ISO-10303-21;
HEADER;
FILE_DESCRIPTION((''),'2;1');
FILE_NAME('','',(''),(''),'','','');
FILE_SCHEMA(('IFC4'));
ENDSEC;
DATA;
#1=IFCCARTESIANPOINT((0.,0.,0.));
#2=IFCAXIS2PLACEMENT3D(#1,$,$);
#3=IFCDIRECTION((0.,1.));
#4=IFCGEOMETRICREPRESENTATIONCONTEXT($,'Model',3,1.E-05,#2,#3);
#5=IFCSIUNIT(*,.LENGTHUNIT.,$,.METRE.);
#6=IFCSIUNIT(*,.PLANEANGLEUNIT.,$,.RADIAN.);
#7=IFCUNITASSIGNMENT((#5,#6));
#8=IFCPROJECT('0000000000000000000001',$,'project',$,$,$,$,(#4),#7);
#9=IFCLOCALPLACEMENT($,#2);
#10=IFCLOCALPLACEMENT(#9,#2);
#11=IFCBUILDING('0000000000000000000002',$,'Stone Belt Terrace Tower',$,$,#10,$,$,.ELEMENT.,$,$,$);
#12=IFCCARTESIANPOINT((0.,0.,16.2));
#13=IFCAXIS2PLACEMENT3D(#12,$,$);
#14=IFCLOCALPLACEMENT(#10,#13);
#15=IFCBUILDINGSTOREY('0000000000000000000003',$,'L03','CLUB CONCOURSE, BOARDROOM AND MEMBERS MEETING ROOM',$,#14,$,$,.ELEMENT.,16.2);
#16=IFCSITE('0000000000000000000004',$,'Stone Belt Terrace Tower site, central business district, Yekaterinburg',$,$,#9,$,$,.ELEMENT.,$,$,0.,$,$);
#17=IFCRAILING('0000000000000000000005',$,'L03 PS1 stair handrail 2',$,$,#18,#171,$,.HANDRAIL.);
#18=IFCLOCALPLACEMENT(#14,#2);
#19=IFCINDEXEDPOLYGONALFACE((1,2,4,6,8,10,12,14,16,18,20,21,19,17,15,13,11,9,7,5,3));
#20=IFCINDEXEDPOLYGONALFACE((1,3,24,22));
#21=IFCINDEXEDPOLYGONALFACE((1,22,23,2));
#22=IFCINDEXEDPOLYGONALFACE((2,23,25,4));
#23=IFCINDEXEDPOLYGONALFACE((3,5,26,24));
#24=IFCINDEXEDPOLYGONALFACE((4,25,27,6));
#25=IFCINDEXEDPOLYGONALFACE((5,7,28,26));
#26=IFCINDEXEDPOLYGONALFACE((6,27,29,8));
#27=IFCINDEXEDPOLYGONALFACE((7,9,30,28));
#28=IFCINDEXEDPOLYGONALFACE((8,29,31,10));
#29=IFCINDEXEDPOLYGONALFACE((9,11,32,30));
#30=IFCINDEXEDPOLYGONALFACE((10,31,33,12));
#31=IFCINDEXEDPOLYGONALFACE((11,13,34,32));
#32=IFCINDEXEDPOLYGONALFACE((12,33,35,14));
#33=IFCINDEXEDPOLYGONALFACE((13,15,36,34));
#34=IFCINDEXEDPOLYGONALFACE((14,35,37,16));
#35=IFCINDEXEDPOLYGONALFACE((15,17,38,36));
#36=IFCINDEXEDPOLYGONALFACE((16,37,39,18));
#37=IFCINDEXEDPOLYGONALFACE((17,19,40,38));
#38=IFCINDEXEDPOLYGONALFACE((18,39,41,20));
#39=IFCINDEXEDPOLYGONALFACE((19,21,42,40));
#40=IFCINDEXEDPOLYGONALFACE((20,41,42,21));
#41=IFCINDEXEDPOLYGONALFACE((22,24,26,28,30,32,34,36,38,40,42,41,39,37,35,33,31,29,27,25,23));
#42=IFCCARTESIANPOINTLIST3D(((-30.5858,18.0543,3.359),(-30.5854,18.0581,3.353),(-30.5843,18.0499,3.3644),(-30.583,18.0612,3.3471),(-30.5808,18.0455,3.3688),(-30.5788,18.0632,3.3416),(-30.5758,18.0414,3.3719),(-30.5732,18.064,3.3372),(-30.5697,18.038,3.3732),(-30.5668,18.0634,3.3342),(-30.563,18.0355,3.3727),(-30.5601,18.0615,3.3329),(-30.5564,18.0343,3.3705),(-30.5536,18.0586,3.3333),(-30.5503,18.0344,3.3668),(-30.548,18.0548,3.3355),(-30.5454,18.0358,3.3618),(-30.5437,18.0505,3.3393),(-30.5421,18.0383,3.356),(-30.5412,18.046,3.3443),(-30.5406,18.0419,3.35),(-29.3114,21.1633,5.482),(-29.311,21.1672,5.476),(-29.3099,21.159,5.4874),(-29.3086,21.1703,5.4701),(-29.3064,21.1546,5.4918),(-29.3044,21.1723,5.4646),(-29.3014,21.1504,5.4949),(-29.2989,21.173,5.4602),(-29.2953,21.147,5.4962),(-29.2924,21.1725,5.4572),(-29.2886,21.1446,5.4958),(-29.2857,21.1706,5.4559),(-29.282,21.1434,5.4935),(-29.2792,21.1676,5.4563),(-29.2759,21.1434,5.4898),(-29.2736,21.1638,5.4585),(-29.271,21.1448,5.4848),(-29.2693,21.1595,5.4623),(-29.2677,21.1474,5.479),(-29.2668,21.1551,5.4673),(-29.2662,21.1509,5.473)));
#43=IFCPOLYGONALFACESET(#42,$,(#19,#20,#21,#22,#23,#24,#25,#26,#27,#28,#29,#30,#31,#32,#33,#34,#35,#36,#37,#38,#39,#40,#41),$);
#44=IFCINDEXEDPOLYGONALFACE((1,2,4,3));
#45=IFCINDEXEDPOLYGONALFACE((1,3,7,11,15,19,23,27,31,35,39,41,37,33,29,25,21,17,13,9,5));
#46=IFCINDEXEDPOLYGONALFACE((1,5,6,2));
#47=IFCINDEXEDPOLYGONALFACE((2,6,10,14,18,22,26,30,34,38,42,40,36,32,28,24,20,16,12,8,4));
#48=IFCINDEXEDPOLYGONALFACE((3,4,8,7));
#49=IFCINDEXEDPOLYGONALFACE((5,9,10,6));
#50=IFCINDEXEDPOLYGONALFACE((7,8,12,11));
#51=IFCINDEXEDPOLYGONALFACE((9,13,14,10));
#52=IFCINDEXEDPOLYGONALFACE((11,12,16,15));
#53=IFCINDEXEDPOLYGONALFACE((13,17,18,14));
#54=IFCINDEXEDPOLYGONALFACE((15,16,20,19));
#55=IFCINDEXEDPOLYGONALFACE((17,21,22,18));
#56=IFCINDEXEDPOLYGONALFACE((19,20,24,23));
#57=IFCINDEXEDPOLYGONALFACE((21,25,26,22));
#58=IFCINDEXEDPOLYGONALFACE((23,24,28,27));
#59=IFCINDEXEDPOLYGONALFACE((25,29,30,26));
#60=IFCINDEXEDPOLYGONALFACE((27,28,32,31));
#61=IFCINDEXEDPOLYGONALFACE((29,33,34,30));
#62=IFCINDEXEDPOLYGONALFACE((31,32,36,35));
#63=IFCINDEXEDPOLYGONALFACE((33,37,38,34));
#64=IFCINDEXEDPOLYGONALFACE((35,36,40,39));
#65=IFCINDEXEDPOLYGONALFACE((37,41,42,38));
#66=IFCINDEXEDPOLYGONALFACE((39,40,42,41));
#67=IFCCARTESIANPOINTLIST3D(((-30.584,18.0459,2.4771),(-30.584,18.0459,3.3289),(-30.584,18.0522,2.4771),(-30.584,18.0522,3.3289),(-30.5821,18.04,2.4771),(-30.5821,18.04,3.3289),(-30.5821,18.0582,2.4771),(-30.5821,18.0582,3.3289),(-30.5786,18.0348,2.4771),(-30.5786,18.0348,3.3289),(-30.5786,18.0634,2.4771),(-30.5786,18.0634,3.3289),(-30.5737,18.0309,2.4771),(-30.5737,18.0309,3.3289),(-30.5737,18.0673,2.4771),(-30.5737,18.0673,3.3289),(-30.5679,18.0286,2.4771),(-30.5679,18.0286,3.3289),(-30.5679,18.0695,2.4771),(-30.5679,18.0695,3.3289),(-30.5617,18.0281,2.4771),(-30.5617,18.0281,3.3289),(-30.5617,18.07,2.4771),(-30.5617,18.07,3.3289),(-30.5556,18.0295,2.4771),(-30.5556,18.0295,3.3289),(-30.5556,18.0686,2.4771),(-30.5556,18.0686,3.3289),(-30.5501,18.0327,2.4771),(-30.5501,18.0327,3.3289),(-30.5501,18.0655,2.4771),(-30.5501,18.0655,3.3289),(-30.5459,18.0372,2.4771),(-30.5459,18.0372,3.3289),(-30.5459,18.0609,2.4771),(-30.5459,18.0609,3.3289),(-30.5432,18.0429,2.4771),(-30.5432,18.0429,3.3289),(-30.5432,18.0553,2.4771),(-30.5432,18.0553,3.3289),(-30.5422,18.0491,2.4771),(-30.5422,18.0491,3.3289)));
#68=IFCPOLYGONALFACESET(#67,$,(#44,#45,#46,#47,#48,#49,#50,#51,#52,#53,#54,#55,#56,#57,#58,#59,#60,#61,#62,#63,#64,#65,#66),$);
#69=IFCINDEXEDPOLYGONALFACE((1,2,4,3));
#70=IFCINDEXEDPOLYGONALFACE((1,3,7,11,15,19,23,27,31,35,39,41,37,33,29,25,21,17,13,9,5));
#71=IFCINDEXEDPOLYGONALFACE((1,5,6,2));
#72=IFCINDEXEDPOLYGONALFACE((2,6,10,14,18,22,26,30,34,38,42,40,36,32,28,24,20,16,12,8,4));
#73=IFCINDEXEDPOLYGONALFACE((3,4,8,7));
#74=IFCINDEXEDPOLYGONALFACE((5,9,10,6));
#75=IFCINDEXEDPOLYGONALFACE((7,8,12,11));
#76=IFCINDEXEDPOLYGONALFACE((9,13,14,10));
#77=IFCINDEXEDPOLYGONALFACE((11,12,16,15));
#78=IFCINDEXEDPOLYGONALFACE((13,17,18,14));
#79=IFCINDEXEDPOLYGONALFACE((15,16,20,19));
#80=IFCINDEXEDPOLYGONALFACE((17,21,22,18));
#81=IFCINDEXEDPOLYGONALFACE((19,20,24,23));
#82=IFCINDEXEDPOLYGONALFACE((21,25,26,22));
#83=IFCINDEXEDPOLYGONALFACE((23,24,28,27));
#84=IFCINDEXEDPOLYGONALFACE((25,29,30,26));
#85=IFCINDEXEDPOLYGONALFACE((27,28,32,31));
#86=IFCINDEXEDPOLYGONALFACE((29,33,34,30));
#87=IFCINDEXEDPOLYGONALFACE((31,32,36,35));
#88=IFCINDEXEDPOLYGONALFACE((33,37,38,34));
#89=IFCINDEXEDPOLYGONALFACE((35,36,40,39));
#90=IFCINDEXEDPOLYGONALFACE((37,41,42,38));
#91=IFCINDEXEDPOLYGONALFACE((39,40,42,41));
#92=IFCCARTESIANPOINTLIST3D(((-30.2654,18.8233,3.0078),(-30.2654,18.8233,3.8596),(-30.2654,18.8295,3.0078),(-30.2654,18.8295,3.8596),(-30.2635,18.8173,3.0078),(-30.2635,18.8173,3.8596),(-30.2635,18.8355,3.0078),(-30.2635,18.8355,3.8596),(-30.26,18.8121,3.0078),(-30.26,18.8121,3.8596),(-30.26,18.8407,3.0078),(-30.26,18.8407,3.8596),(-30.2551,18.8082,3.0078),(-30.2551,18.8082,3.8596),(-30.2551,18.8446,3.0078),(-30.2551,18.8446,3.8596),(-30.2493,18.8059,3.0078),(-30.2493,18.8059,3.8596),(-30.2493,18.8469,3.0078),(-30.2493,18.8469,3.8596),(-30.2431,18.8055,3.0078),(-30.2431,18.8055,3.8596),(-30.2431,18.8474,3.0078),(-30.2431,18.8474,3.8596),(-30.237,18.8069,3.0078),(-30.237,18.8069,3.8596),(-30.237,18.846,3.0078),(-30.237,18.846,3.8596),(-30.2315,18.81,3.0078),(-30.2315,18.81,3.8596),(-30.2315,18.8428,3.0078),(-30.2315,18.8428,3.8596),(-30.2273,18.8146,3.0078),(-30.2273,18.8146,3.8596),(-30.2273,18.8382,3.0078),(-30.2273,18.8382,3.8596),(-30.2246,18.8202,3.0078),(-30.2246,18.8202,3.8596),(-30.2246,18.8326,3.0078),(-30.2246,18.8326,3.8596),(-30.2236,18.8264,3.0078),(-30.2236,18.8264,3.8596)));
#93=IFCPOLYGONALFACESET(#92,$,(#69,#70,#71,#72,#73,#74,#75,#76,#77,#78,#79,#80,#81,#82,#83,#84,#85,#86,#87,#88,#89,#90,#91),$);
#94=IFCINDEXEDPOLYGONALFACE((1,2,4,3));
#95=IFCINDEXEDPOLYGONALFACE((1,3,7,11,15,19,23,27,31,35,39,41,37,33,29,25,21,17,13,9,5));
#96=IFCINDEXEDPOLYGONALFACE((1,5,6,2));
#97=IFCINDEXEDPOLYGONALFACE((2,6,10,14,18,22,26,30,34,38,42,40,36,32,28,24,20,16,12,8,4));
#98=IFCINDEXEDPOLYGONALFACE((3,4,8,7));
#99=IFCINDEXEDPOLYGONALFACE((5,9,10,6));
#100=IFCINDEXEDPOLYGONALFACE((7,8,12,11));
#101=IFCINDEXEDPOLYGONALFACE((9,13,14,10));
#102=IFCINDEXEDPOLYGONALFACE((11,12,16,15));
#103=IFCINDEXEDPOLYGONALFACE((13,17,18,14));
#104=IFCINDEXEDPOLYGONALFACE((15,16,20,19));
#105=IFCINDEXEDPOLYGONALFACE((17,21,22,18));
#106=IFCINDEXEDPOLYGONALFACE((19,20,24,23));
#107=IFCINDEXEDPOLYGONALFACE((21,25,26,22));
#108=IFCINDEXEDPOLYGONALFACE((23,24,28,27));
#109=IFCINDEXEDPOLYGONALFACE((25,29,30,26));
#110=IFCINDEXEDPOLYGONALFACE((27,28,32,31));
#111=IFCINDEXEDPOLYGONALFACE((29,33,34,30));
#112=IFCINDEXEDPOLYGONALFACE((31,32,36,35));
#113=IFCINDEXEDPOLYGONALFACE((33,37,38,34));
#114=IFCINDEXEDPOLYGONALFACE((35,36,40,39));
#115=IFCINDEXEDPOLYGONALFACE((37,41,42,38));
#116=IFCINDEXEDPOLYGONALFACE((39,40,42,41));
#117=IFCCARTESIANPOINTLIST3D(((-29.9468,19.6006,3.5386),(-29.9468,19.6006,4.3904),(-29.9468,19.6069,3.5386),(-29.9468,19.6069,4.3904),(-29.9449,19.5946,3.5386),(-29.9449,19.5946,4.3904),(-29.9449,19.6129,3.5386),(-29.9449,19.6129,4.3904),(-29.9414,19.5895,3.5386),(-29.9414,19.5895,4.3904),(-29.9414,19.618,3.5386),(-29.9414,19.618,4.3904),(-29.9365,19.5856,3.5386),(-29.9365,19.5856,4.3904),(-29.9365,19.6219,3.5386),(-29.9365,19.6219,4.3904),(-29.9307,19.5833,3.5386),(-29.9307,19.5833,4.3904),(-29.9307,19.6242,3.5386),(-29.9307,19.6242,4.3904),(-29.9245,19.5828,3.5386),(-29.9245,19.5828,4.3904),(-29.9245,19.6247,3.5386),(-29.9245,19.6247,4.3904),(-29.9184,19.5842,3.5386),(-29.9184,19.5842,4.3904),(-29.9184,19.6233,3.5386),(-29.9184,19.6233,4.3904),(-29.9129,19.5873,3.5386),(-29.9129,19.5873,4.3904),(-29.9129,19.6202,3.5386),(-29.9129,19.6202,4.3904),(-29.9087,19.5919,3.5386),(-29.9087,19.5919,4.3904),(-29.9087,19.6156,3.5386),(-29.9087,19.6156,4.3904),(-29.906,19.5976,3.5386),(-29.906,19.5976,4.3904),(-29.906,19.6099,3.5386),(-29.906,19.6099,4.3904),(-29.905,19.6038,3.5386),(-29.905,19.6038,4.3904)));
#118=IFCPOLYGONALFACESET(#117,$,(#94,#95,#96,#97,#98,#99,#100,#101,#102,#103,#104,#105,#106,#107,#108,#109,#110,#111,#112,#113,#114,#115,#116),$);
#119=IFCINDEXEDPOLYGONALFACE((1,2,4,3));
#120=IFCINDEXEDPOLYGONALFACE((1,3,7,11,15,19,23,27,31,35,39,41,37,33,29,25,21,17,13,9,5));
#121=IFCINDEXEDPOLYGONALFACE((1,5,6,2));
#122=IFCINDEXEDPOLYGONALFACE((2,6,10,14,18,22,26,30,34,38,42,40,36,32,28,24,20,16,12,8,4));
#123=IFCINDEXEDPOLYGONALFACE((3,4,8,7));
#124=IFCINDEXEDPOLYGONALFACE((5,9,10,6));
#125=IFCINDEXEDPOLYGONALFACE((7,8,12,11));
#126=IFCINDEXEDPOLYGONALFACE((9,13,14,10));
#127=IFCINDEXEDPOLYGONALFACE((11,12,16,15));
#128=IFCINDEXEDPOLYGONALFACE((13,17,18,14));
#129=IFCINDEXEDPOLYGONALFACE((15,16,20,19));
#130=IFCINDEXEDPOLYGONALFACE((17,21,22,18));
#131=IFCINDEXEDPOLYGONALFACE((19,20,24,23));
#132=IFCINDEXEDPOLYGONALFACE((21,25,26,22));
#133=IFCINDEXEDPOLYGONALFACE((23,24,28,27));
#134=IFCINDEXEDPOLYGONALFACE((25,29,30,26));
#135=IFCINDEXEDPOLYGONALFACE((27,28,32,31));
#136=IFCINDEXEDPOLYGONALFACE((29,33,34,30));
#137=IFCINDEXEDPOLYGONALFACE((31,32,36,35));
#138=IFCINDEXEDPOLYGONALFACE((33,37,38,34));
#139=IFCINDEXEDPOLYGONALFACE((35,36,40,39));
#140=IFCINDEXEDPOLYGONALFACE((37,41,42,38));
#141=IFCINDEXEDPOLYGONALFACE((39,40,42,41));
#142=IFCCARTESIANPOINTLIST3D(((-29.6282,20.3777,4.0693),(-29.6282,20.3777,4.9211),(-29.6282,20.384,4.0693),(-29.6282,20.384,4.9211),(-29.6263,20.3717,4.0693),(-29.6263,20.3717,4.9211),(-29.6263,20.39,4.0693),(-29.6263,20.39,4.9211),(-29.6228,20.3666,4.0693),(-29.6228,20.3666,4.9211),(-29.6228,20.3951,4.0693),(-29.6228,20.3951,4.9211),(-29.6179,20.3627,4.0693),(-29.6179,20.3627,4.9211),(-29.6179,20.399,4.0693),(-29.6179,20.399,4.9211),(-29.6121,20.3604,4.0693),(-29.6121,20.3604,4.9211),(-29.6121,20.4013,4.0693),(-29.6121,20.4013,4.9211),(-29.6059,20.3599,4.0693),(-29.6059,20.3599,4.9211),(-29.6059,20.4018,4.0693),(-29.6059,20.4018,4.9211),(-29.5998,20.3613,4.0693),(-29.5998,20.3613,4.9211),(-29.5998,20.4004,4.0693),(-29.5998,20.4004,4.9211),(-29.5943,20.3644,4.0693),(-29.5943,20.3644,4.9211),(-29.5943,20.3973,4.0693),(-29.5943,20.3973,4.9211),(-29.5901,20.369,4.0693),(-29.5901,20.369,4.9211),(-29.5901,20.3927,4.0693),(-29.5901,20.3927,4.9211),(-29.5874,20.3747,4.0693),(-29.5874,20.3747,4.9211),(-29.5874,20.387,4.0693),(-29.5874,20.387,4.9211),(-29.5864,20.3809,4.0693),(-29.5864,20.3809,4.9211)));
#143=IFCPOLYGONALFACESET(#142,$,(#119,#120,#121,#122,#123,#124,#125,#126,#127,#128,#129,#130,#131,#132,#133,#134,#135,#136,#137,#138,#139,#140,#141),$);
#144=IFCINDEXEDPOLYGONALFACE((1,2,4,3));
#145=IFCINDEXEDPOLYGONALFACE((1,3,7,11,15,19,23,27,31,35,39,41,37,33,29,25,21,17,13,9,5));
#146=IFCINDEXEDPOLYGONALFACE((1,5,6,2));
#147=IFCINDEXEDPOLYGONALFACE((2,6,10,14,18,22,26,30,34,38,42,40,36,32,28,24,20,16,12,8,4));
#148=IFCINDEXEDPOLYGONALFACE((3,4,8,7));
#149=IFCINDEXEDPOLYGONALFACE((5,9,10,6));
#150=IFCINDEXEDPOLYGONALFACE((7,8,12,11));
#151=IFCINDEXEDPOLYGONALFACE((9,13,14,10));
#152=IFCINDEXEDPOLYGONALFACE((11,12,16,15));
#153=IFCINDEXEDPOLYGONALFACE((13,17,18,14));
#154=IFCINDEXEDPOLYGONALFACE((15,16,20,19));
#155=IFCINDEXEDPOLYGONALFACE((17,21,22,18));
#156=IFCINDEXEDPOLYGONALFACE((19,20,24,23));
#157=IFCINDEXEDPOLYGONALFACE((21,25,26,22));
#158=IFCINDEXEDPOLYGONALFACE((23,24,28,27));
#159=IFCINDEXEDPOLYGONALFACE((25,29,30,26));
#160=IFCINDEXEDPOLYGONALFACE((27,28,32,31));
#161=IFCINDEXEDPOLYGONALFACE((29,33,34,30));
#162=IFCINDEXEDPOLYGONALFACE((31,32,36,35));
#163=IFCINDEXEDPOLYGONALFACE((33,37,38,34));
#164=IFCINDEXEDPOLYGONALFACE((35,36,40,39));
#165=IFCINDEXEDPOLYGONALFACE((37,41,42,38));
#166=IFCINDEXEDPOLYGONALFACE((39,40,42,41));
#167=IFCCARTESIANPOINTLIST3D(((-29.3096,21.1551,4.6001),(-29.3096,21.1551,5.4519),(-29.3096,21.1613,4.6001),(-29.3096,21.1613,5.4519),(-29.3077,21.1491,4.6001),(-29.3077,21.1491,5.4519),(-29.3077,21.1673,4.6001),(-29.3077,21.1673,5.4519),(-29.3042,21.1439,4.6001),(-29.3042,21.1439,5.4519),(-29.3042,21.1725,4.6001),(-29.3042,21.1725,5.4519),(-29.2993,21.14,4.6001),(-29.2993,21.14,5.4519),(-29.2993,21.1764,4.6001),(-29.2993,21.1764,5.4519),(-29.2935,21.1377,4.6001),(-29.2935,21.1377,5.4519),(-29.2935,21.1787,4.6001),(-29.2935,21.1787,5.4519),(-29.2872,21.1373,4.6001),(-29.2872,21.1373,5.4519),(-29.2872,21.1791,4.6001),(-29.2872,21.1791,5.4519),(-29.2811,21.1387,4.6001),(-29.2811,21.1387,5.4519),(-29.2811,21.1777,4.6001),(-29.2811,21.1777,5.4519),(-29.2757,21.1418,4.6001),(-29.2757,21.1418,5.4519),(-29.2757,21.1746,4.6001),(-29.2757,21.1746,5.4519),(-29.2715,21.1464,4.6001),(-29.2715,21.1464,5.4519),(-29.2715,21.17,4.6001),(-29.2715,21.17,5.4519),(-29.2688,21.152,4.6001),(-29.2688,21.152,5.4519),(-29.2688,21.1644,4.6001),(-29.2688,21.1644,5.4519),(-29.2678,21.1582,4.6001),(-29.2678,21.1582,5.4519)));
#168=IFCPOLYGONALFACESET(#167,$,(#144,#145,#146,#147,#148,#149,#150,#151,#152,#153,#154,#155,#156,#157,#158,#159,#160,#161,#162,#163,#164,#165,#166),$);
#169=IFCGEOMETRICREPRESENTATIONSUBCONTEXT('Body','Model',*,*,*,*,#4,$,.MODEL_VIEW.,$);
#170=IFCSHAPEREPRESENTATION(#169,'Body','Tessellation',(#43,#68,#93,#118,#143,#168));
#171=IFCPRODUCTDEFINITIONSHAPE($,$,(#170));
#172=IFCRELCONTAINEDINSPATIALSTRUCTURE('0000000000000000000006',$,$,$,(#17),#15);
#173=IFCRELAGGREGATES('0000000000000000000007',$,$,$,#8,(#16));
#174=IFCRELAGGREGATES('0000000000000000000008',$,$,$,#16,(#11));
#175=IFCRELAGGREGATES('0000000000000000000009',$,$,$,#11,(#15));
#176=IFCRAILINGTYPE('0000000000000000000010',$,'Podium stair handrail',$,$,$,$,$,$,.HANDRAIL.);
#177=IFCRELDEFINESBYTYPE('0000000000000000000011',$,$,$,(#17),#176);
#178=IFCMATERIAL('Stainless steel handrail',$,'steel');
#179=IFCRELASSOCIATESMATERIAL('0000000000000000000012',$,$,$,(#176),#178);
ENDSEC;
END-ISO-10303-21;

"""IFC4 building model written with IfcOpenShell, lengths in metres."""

from ifc_helpers import new_model, si_unit, direction, frame, origin, origin_2d, place, context, subcontext, project, spatial, circle, extrude, material, type_object, element, save


model = new_model("IFC4")

# Units and contexts
model_context = context("Model", 3, precision=1e-05, world=origin(), true_north=direction((0.0, 1.0)))
body_context = subcontext(model_context, "Body", "Model", "MODEL_VIEW")
ifc_project = project(units=[si_unit("LENGTHUNIT", "METRE"), si_unit("PLANEANGLEUNIT", "RADIAN")], contexts=[model_context])

# Site, building, storey
site_placement = place(None, origin())
site = spatial("IfcSite", under=ifc_project, at=site_placement, Name="Stone Belt Terrace Tower site, central business district, Yekaterinburg", CompositionType="ELEMENT", RefElevation=0.0)
building_placement = place(site_placement, origin())
building = spatial("IfcBuilding", under=site, at=building_placement, Name="Stone Belt Terrace Tower", CompositionType="ELEMENT")
storey_placement = place(building_placement, frame((0.0, 0.0, 16.2)))
storey = spatial("IfcBuildingStorey", under=building, at=storey_placement, Name="L03", Description="CLUB CONCOURSE, BOARDROOM AND MEMBERS MEETING ROOM", CompositionType="ELEMENT", Elevation=16.2)

# Railing
ifc_material_1 = material(Name="Stainless steel handrail", Category="steel")
railing_type_1 = type_object("IfcRailingType", Name="Podium stair handrail", PredefinedType="HANDRAIL", material=ifc_material_1)
railing_1_placement = place(storey_placement, frame((-30.5632, 18.0491, 2.4771)))
element("IfcRailing", 1, at=railing_1_placement, inside=storey, type_object=railing_type_1, Name="L03 PS1 stair handrail 2", PredefinedType="HANDRAIL", context=body_context, shape_type="SweptSolid", body=[
    extrude(circle(Radius=0.0239, at=origin_2d()), frame((0.0, 0.0, 0.876), z_axis=(0.320632, 0.782232, 0.534142), x_axis=(-0.925286, 0.379269, 0.0)), (0.0, 0.0, 1.0), 3.9746),
    extrude(circle(Radius=0.021, at=origin_2d()), origin(), (0.0, 0.0, 1.0), 0.8518),
    extrude(circle(Radius=0.021, at=origin_2d()), frame((0.3186, 0.7773, 0.5308)), (0.0, 0.0, 1.0), 0.8518),
    extrude(circle(Radius=0.021, at=origin_2d()), frame((0.6372, 1.5547, 1.0615)), (0.0, 0.0, 1.0), 0.8518),
    extrude(circle(Radius=0.021, at=origin_2d()), frame((0.9558, 2.3318, 1.5923)), (0.0, 0.0, 1.0), 0.8518),
    extrude(circle(Radius=0.021, at=origin_2d()), frame((1.2744, 3.1091, 2.123)), (0.0, 0.0, 1.0), 0.8518),
])

save(model, "model.ifc")
